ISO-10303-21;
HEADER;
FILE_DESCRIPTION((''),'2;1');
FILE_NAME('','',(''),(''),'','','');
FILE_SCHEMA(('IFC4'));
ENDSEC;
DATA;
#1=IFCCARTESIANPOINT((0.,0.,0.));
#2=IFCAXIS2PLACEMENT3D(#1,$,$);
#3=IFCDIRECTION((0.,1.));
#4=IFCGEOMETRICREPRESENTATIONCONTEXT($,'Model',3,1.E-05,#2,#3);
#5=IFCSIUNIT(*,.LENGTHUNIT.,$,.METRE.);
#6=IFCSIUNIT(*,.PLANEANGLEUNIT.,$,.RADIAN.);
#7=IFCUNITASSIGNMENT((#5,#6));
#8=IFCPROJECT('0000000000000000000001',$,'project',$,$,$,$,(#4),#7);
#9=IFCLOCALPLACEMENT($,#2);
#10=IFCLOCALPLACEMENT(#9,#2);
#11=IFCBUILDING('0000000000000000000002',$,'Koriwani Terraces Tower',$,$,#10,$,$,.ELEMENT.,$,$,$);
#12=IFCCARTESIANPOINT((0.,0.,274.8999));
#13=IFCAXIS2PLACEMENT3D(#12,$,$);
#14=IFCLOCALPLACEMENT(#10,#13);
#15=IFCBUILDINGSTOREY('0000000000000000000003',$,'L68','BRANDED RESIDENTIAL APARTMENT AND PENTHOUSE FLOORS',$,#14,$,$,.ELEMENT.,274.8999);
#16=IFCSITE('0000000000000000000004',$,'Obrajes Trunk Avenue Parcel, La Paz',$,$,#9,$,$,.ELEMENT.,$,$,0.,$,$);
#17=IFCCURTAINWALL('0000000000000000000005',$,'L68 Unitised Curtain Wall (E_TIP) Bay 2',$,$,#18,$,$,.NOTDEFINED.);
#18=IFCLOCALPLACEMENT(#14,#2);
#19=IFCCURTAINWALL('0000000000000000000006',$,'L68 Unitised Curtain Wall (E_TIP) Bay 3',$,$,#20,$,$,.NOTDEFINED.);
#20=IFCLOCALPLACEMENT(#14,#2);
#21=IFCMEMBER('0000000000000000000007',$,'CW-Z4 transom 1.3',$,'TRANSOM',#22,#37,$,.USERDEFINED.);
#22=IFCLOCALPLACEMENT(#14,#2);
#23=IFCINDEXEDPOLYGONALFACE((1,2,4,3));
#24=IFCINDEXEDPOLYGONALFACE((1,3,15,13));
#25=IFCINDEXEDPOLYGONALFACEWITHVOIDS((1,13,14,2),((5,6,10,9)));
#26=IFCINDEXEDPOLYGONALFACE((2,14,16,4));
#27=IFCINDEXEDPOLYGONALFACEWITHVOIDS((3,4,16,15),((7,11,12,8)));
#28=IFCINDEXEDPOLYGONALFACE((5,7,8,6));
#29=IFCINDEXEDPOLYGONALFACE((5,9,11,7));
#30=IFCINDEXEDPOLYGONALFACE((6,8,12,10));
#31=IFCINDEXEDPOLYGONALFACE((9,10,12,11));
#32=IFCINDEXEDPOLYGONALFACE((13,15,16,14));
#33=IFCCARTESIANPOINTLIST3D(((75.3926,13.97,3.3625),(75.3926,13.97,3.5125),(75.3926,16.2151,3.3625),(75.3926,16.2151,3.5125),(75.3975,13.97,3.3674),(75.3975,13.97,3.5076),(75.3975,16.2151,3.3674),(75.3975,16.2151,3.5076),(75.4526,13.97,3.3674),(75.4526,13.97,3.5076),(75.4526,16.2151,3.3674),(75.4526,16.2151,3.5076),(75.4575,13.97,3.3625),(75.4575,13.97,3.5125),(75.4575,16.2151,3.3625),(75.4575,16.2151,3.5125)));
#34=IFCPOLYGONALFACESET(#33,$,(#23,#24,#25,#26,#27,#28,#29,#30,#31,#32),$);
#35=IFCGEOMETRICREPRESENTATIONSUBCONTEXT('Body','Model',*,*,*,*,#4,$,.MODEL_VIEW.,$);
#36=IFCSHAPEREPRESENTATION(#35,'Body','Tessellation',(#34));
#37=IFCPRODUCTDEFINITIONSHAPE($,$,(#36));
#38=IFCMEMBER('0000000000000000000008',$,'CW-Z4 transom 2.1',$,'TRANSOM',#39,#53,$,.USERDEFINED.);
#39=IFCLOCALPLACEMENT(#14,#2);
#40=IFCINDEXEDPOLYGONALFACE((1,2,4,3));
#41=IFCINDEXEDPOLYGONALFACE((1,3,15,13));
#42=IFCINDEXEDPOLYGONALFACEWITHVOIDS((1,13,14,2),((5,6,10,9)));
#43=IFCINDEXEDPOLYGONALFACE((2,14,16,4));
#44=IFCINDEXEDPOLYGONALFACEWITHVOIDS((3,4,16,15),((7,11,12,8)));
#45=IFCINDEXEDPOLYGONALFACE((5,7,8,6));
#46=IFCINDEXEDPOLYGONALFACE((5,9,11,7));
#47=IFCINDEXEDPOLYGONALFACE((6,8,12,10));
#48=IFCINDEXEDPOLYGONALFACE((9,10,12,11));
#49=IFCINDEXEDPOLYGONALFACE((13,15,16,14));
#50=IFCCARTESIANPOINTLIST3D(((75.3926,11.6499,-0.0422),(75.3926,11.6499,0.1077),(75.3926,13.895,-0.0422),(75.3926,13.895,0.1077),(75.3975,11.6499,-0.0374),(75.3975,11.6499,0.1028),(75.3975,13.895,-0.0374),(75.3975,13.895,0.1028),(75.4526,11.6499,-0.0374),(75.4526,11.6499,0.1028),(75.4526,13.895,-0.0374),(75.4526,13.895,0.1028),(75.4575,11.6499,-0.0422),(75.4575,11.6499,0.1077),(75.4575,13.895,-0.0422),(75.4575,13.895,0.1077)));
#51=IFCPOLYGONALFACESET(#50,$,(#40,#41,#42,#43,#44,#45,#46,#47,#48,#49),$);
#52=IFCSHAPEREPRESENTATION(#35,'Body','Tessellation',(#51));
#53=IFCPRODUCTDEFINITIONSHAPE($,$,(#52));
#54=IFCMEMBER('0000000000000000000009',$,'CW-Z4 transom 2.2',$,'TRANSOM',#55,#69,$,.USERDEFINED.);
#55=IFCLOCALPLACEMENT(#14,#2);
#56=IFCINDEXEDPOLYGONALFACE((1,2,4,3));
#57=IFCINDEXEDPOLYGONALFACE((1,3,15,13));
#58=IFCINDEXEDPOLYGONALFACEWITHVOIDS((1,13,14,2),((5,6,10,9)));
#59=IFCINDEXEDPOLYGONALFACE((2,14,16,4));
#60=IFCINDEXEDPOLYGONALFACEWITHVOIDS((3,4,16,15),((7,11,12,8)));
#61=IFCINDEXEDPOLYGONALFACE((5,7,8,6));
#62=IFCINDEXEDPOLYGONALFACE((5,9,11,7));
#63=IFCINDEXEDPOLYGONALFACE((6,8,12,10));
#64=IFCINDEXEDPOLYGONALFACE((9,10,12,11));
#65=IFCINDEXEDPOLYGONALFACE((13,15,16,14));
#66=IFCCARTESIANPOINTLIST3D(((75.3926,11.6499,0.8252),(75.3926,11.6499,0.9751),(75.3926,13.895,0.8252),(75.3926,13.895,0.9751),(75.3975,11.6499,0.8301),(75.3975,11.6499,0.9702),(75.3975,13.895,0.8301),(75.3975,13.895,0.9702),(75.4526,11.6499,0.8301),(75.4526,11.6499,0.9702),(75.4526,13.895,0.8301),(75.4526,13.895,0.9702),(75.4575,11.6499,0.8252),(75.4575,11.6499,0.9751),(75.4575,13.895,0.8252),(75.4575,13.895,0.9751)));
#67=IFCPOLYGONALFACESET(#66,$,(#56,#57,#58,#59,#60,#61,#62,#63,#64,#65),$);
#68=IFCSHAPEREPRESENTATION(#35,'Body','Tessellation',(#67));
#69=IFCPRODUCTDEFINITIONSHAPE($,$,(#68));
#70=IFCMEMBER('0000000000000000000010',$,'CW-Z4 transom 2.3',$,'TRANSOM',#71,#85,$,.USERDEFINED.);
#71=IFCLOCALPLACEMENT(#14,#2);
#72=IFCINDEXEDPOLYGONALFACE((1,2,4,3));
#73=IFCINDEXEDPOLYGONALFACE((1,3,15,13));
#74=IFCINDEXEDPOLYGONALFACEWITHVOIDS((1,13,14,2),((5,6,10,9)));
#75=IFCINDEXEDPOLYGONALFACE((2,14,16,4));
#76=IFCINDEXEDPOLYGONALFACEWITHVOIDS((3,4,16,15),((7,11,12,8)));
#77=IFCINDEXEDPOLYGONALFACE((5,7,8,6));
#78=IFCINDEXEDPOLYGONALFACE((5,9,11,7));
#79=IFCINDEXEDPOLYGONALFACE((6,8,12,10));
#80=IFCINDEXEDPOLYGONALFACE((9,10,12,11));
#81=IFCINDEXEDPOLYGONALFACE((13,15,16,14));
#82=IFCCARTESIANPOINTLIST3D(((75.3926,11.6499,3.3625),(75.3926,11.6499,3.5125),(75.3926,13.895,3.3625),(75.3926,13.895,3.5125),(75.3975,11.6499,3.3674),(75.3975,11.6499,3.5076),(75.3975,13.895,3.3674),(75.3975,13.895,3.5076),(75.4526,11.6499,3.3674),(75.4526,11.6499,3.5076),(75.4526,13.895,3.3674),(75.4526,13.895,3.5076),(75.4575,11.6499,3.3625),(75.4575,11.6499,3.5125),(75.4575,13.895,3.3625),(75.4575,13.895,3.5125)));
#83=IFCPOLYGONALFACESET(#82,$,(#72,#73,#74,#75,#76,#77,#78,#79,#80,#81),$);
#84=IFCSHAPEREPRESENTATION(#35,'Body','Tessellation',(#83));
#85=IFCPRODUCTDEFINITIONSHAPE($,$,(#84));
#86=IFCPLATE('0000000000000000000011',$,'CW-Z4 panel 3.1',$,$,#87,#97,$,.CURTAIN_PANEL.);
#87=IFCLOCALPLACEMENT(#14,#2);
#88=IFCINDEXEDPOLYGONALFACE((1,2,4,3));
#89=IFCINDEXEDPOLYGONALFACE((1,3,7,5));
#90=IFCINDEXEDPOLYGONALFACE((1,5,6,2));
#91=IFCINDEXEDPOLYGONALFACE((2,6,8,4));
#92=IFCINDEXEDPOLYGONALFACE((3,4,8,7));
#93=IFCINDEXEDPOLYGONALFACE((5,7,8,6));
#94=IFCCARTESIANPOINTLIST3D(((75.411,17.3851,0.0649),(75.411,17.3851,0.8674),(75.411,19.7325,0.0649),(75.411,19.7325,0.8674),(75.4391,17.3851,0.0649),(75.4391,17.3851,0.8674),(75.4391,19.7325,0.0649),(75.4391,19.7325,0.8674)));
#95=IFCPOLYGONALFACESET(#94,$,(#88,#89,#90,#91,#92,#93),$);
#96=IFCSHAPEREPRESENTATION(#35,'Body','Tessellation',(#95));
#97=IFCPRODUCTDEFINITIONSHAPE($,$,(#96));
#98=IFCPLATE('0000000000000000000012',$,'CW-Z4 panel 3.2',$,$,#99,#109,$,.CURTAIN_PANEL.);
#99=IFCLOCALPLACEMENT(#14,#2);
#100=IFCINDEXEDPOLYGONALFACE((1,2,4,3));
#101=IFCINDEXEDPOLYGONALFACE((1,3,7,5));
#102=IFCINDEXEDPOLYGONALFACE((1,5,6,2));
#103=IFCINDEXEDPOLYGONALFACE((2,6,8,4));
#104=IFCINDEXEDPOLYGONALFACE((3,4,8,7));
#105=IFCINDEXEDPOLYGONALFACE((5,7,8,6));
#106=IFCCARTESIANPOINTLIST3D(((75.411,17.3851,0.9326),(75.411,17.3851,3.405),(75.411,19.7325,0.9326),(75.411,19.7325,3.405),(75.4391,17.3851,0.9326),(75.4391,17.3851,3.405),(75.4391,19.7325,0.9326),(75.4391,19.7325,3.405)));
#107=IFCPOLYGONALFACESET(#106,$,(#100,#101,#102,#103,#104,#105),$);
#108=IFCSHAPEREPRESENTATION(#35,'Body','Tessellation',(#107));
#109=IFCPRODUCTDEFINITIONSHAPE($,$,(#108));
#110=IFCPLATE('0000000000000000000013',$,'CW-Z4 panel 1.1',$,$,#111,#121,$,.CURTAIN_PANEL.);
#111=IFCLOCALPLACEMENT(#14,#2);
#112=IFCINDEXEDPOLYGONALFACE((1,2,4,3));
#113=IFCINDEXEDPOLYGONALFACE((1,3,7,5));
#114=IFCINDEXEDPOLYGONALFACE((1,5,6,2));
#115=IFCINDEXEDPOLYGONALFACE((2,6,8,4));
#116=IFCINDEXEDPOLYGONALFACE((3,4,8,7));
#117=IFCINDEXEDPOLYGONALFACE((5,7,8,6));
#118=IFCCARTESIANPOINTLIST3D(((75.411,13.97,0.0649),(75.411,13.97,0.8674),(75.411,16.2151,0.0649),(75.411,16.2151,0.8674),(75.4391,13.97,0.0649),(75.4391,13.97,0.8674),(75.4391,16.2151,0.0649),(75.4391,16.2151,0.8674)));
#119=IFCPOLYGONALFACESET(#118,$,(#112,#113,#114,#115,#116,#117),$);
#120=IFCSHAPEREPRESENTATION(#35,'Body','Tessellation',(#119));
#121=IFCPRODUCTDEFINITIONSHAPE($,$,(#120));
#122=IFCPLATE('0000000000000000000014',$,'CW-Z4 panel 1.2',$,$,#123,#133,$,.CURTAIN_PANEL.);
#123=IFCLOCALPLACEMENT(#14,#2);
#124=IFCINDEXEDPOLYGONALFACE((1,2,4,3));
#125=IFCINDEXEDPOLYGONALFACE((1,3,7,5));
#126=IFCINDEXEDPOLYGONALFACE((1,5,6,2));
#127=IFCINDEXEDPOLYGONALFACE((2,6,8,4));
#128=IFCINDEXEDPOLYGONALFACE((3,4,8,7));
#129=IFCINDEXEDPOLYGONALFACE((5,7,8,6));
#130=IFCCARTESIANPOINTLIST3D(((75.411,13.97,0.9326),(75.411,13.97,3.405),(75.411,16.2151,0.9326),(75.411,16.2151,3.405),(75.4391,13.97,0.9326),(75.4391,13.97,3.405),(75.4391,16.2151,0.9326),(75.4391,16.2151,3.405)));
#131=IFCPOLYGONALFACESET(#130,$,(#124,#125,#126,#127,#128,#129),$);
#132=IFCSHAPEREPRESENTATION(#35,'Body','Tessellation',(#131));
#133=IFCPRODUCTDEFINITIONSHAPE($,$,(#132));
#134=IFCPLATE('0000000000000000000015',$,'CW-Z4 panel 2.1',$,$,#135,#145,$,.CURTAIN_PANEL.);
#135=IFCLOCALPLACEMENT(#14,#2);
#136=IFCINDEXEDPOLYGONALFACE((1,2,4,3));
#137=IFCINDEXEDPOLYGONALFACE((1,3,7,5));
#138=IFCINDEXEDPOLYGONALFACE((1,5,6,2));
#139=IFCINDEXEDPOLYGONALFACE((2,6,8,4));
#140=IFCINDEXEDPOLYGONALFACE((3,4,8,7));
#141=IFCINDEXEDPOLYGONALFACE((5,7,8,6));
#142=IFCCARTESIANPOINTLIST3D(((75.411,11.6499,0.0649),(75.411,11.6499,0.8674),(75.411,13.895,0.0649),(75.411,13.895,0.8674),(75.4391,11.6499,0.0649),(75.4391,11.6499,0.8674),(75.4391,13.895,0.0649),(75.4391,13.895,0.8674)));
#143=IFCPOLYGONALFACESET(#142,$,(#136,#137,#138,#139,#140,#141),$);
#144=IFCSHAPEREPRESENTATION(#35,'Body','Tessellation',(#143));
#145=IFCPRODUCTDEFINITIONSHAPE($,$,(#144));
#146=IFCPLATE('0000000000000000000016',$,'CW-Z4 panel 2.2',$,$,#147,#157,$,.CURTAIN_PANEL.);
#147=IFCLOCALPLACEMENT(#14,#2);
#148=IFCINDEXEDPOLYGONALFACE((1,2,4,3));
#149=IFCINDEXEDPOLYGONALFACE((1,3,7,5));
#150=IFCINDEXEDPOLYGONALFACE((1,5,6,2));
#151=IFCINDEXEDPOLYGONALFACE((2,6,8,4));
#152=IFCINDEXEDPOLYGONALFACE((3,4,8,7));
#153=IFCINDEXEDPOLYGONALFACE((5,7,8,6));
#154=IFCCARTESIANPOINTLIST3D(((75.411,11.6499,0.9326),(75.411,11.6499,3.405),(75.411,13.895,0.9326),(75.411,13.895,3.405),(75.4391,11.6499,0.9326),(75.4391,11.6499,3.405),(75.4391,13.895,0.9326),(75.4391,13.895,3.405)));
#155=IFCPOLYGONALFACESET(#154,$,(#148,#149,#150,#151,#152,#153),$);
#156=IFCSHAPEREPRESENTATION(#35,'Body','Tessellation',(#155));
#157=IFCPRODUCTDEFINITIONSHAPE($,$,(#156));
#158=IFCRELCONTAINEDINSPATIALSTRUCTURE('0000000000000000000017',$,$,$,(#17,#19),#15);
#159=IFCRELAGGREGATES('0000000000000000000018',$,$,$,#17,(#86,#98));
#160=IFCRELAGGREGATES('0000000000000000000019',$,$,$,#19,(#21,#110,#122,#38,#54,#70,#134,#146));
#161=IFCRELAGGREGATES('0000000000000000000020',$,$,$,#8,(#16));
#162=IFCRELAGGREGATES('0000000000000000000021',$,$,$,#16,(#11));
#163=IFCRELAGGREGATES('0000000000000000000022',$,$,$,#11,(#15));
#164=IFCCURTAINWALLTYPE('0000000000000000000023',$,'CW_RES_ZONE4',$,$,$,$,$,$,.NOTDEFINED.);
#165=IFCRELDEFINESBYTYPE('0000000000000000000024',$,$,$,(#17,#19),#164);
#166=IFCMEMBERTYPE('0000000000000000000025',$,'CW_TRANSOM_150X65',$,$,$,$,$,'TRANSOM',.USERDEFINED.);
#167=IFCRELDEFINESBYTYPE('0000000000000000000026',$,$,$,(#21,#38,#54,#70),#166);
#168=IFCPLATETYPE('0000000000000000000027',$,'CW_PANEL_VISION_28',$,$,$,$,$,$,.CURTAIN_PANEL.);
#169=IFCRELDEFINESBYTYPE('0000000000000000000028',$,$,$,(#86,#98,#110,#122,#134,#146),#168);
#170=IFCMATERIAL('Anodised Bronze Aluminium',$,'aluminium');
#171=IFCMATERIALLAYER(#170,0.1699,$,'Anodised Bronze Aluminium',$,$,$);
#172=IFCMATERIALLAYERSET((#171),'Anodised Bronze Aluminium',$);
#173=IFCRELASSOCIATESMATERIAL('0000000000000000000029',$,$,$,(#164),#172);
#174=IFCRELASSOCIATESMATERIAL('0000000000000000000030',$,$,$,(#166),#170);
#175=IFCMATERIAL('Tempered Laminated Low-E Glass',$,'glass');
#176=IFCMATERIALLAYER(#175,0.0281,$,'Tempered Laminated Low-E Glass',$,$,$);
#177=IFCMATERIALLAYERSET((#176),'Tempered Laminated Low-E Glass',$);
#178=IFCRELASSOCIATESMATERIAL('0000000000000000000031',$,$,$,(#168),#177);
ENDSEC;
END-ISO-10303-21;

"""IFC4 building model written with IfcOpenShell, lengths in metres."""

from ifc_helpers import new_model, si_unit, direction, frame, origin, origin_2d, place, context, subcontext, project, spatial, rectangle, hollow_rectangle, extrude, material, layer, layer_set, material_profile, profile_set, type_object, element, aggregate, save


model = new_model("IFC4")

# Units and contexts
model_context = context("Model", 3, precision=1e-05, world=origin(), true_north=direction((0.0, 1.0)))
body_context = subcontext(model_context, "Body", "Model", "MODEL_VIEW")
ifc_project = project(units=[si_unit("LENGTHUNIT", "METRE"), si_unit("PLANEANGLEUNIT", "RADIAN")], contexts=[model_context])

# Site, building, storey
site_placement = place(None, origin())
site = spatial("IfcSite", under=ifc_project, at=site_placement, Name="Obrajes Trunk Avenue Parcel, La Paz", CompositionType="ELEMENT", RefElevation=0.0)
building_placement = place(site_placement, origin())
building = spatial("IfcBuilding", under=site, at=building_placement, Name="Koriwani Terraces Tower", CompositionType="ELEMENT")
storey_placement = place(building_placement, frame((0.0, 0.0, 274.8999)))
storey = spatial("IfcBuildingStorey", under=building, at=storey_placement, Name="L68", Description="BRANDED RESIDENTIAL APARTMENT AND PENTHOUSE FLOORS", CompositionType="ELEMENT", Elevation=274.8999)

# Curtain walls
ifc_material_1 = material(Name="Anodised Bronze Aluminium", Category="aluminium")
ifc_layer_1 = layer(ifc_material_1, 0.1699, Name="Anodised Bronze Aluminium")
ifc_layer_set_1 = layer_set([ifc_layer_1], Name="Anodised Bronze Aluminium")
curtain_wall_type = type_object("IfcCurtainWallType", Name="CW_RES_ZONE4", PredefinedType="NOTDEFINED", material=ifc_layer_set_1)
curtain_wall_1_placement = place(storey_placement, origin())
curtain_wall_1 = element("IfcCurtainWall", 1, at=curtain_wall_1_placement, inside=storey, type_object=curtain_wall_type, Name="L68 Unitised Curtain Wall (E_TIP) Bay 2", PredefinedType="NOTDEFINED")
curtain_wall_2_placement = place(storey_placement, origin())
curtain_wall_2 = element("IfcCurtainWall", 2, at=curtain_wall_2_placement, inside=storey, type_object=curtain_wall_type, Name="L68 Unitised Curtain Wall (E_TIP) Bay 3", PredefinedType="NOTDEFINED")

# Members
ifc_material_profile_1 = material_profile(ifc_material_1, hollow_rectangle(XDim=0.0649, YDim=0.1499, WallThickness=0.0049, at=origin_2d()), Name="Anodised Bronze Aluminium", Category="LoadBearing")
ifc_profile_set_1 = profile_set([ifc_material_profile_1], Name="Anodised Bronze Aluminium")
member_type_1 = type_object("IfcMemberType", Name="CW_TRANSOM_150X65", ElementType="TRANSOM", PredefinedType="USERDEFINED", material=ifc_profile_set_1)
member_1_placement = place(storey_placement, frame((75.425, 16.2151, 3.4375), z_axis=(0.0, -1.0, 0.0), x_axis=(1.0, 0.0, 0.0)))
member_1 = element("IfcMember", 3, at=member_1_placement, type_object=member_type_1, Name="CW-Z4 transom 1.3", ObjectType="TRANSOM", PredefinedType="USERDEFINED", context=body_context, shape_type="SweptSolid", body=[
    extrude(hollow_rectangle(XDim=0.0649, YDim=0.1499, WallThickness=0.0049, at=origin_2d()), origin(), (0.0, 0.0, 1.0), 2.2451),
])
member_2_placement = place(storey_placement, frame((75.425, 13.895, 0.0327), z_axis=(0.0, -1.0, 0.0), x_axis=(1.0, 0.0, 0.0)))
member_2 = element("IfcMember", 4, at=member_2_placement, type_object=member_type_1, Name="CW-Z4 transom 2.1", ObjectType="TRANSOM", PredefinedType="USERDEFINED", context=body_context, shape_type="SweptSolid", body=[
    extrude(hollow_rectangle(XDim=0.0649, YDim=0.1499, WallThickness=0.0049, at=origin_2d()), origin(), (0.0, 0.0, 1.0), 2.2451),
])
member_3_placement = place(storey_placement, frame((75.425, 13.895, 0.9001), z_axis=(0.0, -1.0, 0.0), x_axis=(1.0, 0.0, 0.0)))
member_3 = element("IfcMember", 5, at=member_3_placement, type_object=member_type_1, Name="CW-Z4 transom 2.2", ObjectType="TRANSOM", PredefinedType="USERDEFINED", context=body_context, shape_type="SweptSolid", body=[
    extrude(hollow_rectangle(XDim=0.0649, YDim=0.1499, WallThickness=0.0049, at=origin_2d()), origin(), (0.0, 0.0, 1.0), 2.2451),
])
member_4_placement = place(storey_placement, frame((75.425, 13.895, 3.4375), z_axis=(0.0, -1.0, 0.0), x_axis=(1.0, 0.0, 0.0)))
member_4 = element("IfcMember", 6, at=member_4_placement, type_object=member_type_1, Name="CW-Z4 transom 2.3", ObjectType="TRANSOM", PredefinedType="USERDEFINED", context=body_context, shape_type="SweptSolid", body=[
    extrude(hollow_rectangle(XDim=0.0649, YDim=0.1499, WallThickness=0.0049, at=origin_2d()), origin(), (0.0, 0.0, 1.0), 2.2451),
])

# Plates
ifc_material_2 = material(Name="Tempered Laminated Low-E Glass", Category="glass")
ifc_layer_2 = layer(ifc_material_2, 0.0281, Name="Tempered Laminated Low-E Glass")
ifc_layer_set_2 = layer_set([ifc_layer_2], Name="Tempered Laminated Low-E Glass")
plate_type = type_object("IfcPlateType", Name="CW_PANEL_VISION_28", PredefinedType="CURTAIN_PANEL", material=ifc_layer_set_2)
plate_1_placement = place(storey_placement, frame((75.425, 18.5588, 0.0649), z_axis=(0.0, 0.0, 1.0), x_axis=(0.0, -1.0, 0.0)))
plate_1 = element("IfcPlate", 7, at=plate_1_placement, type_object=plate_type, Name="CW-Z4 panel 3.1", PredefinedType="CURTAIN_PANEL", context=body_context, shape_type="SweptSolid", body=[
    extrude(rectangle(XDim=2.3474, YDim=0.0281, at=origin_2d()), origin(), (0.0, 0.0, 1.0), 0.8025),
])
plate_2_placement = place(storey_placement, frame((75.425, 18.5588, 0.9326), z_axis=(0.0, 0.0, 1.0), x_axis=(0.0, -1.0, 0.0)))
plate_2 = element("IfcPlate", 8, at=plate_2_placement, type_object=plate_type, Name="CW-Z4 panel 3.2", PredefinedType="CURTAIN_PANEL", context=body_context, shape_type="SweptSolid", body=[
    extrude(rectangle(XDim=2.3474, YDim=0.0281, at=origin_2d()), origin(), (0.0, 0.0, 1.0), 2.4724),
])
aggregate(curtain_wall_1, [plate_1, plate_2])
plate_3_placement = place(storey_placement, frame((75.425, 15.0925, 0.0649), z_axis=(0.0, 0.0, 1.0), x_axis=(0.0, -1.0, 0.0)))
plate_3 = element("IfcPlate", 9, at=plate_3_placement, type_object=plate_type, Name="CW-Z4 panel 1.1", PredefinedType="CURTAIN_PANEL", context=body_context, shape_type="SweptSolid", body=[
    extrude(rectangle(XDim=2.2451, YDim=0.0281, at=origin_2d()), origin(), (0.0, 0.0, 1.0), 0.8025),
])
plate_4_placement = place(storey_placement, frame((75.425, 15.0925, 0.9326), z_axis=(0.0, 0.0, 1.0), x_axis=(0.0, -1.0, 0.0)))
plate_4 = element("IfcPlate", 10, at=plate_4_placement, type_object=plate_type, Name="CW-Z4 panel 1.2", PredefinedType="CURTAIN_PANEL", context=body_context, shape_type="SweptSolid", body=[
    extrude(rectangle(XDim=2.2451, YDim=0.0281, at=origin_2d()), origin(), (0.0, 0.0, 1.0), 2.4724),
])
plate_5_placement = place(storey_placement, frame((75.425, 12.7725, 0.0649), z_axis=(0.0, 0.0, 1.0), x_axis=(0.0, -1.0, 0.0)))
plate_5 = element("IfcPlate", 11, at=plate_5_placement, type_object=plate_type, Name="CW-Z4 panel 2.1", PredefinedType="CURTAIN_PANEL", context=body_context, shape_type="SweptSolid", body=[
    extrude(rectangle(XDim=2.2451, YDim=0.0281, at=origin_2d()), origin(), (0.0, 0.0, 1.0), 0.8025),
])
plate_6_placement = place(storey_placement, frame((75.425, 12.7725, 0.9326), z_axis=(0.0, 0.0, 1.0), x_axis=(0.0, -1.0, 0.0)))
plate_6 = element("IfcPlate", 12, at=plate_6_placement, type_object=plate_type, Name="CW-Z4 panel 2.2", PredefinedType="CURTAIN_PANEL", context=body_context, shape_type="SweptSolid", body=[
    extrude(rectangle(XDim=2.2451, YDim=0.0281, at=origin_2d()), origin(), (0.0, 0.0, 1.0), 2.4724),
])
aggregate(curtain_wall_2, [member_1, plate_3, plate_4, member_2, member_3, member_4, plate_5, plate_6])

save(model, "model.ifc")
